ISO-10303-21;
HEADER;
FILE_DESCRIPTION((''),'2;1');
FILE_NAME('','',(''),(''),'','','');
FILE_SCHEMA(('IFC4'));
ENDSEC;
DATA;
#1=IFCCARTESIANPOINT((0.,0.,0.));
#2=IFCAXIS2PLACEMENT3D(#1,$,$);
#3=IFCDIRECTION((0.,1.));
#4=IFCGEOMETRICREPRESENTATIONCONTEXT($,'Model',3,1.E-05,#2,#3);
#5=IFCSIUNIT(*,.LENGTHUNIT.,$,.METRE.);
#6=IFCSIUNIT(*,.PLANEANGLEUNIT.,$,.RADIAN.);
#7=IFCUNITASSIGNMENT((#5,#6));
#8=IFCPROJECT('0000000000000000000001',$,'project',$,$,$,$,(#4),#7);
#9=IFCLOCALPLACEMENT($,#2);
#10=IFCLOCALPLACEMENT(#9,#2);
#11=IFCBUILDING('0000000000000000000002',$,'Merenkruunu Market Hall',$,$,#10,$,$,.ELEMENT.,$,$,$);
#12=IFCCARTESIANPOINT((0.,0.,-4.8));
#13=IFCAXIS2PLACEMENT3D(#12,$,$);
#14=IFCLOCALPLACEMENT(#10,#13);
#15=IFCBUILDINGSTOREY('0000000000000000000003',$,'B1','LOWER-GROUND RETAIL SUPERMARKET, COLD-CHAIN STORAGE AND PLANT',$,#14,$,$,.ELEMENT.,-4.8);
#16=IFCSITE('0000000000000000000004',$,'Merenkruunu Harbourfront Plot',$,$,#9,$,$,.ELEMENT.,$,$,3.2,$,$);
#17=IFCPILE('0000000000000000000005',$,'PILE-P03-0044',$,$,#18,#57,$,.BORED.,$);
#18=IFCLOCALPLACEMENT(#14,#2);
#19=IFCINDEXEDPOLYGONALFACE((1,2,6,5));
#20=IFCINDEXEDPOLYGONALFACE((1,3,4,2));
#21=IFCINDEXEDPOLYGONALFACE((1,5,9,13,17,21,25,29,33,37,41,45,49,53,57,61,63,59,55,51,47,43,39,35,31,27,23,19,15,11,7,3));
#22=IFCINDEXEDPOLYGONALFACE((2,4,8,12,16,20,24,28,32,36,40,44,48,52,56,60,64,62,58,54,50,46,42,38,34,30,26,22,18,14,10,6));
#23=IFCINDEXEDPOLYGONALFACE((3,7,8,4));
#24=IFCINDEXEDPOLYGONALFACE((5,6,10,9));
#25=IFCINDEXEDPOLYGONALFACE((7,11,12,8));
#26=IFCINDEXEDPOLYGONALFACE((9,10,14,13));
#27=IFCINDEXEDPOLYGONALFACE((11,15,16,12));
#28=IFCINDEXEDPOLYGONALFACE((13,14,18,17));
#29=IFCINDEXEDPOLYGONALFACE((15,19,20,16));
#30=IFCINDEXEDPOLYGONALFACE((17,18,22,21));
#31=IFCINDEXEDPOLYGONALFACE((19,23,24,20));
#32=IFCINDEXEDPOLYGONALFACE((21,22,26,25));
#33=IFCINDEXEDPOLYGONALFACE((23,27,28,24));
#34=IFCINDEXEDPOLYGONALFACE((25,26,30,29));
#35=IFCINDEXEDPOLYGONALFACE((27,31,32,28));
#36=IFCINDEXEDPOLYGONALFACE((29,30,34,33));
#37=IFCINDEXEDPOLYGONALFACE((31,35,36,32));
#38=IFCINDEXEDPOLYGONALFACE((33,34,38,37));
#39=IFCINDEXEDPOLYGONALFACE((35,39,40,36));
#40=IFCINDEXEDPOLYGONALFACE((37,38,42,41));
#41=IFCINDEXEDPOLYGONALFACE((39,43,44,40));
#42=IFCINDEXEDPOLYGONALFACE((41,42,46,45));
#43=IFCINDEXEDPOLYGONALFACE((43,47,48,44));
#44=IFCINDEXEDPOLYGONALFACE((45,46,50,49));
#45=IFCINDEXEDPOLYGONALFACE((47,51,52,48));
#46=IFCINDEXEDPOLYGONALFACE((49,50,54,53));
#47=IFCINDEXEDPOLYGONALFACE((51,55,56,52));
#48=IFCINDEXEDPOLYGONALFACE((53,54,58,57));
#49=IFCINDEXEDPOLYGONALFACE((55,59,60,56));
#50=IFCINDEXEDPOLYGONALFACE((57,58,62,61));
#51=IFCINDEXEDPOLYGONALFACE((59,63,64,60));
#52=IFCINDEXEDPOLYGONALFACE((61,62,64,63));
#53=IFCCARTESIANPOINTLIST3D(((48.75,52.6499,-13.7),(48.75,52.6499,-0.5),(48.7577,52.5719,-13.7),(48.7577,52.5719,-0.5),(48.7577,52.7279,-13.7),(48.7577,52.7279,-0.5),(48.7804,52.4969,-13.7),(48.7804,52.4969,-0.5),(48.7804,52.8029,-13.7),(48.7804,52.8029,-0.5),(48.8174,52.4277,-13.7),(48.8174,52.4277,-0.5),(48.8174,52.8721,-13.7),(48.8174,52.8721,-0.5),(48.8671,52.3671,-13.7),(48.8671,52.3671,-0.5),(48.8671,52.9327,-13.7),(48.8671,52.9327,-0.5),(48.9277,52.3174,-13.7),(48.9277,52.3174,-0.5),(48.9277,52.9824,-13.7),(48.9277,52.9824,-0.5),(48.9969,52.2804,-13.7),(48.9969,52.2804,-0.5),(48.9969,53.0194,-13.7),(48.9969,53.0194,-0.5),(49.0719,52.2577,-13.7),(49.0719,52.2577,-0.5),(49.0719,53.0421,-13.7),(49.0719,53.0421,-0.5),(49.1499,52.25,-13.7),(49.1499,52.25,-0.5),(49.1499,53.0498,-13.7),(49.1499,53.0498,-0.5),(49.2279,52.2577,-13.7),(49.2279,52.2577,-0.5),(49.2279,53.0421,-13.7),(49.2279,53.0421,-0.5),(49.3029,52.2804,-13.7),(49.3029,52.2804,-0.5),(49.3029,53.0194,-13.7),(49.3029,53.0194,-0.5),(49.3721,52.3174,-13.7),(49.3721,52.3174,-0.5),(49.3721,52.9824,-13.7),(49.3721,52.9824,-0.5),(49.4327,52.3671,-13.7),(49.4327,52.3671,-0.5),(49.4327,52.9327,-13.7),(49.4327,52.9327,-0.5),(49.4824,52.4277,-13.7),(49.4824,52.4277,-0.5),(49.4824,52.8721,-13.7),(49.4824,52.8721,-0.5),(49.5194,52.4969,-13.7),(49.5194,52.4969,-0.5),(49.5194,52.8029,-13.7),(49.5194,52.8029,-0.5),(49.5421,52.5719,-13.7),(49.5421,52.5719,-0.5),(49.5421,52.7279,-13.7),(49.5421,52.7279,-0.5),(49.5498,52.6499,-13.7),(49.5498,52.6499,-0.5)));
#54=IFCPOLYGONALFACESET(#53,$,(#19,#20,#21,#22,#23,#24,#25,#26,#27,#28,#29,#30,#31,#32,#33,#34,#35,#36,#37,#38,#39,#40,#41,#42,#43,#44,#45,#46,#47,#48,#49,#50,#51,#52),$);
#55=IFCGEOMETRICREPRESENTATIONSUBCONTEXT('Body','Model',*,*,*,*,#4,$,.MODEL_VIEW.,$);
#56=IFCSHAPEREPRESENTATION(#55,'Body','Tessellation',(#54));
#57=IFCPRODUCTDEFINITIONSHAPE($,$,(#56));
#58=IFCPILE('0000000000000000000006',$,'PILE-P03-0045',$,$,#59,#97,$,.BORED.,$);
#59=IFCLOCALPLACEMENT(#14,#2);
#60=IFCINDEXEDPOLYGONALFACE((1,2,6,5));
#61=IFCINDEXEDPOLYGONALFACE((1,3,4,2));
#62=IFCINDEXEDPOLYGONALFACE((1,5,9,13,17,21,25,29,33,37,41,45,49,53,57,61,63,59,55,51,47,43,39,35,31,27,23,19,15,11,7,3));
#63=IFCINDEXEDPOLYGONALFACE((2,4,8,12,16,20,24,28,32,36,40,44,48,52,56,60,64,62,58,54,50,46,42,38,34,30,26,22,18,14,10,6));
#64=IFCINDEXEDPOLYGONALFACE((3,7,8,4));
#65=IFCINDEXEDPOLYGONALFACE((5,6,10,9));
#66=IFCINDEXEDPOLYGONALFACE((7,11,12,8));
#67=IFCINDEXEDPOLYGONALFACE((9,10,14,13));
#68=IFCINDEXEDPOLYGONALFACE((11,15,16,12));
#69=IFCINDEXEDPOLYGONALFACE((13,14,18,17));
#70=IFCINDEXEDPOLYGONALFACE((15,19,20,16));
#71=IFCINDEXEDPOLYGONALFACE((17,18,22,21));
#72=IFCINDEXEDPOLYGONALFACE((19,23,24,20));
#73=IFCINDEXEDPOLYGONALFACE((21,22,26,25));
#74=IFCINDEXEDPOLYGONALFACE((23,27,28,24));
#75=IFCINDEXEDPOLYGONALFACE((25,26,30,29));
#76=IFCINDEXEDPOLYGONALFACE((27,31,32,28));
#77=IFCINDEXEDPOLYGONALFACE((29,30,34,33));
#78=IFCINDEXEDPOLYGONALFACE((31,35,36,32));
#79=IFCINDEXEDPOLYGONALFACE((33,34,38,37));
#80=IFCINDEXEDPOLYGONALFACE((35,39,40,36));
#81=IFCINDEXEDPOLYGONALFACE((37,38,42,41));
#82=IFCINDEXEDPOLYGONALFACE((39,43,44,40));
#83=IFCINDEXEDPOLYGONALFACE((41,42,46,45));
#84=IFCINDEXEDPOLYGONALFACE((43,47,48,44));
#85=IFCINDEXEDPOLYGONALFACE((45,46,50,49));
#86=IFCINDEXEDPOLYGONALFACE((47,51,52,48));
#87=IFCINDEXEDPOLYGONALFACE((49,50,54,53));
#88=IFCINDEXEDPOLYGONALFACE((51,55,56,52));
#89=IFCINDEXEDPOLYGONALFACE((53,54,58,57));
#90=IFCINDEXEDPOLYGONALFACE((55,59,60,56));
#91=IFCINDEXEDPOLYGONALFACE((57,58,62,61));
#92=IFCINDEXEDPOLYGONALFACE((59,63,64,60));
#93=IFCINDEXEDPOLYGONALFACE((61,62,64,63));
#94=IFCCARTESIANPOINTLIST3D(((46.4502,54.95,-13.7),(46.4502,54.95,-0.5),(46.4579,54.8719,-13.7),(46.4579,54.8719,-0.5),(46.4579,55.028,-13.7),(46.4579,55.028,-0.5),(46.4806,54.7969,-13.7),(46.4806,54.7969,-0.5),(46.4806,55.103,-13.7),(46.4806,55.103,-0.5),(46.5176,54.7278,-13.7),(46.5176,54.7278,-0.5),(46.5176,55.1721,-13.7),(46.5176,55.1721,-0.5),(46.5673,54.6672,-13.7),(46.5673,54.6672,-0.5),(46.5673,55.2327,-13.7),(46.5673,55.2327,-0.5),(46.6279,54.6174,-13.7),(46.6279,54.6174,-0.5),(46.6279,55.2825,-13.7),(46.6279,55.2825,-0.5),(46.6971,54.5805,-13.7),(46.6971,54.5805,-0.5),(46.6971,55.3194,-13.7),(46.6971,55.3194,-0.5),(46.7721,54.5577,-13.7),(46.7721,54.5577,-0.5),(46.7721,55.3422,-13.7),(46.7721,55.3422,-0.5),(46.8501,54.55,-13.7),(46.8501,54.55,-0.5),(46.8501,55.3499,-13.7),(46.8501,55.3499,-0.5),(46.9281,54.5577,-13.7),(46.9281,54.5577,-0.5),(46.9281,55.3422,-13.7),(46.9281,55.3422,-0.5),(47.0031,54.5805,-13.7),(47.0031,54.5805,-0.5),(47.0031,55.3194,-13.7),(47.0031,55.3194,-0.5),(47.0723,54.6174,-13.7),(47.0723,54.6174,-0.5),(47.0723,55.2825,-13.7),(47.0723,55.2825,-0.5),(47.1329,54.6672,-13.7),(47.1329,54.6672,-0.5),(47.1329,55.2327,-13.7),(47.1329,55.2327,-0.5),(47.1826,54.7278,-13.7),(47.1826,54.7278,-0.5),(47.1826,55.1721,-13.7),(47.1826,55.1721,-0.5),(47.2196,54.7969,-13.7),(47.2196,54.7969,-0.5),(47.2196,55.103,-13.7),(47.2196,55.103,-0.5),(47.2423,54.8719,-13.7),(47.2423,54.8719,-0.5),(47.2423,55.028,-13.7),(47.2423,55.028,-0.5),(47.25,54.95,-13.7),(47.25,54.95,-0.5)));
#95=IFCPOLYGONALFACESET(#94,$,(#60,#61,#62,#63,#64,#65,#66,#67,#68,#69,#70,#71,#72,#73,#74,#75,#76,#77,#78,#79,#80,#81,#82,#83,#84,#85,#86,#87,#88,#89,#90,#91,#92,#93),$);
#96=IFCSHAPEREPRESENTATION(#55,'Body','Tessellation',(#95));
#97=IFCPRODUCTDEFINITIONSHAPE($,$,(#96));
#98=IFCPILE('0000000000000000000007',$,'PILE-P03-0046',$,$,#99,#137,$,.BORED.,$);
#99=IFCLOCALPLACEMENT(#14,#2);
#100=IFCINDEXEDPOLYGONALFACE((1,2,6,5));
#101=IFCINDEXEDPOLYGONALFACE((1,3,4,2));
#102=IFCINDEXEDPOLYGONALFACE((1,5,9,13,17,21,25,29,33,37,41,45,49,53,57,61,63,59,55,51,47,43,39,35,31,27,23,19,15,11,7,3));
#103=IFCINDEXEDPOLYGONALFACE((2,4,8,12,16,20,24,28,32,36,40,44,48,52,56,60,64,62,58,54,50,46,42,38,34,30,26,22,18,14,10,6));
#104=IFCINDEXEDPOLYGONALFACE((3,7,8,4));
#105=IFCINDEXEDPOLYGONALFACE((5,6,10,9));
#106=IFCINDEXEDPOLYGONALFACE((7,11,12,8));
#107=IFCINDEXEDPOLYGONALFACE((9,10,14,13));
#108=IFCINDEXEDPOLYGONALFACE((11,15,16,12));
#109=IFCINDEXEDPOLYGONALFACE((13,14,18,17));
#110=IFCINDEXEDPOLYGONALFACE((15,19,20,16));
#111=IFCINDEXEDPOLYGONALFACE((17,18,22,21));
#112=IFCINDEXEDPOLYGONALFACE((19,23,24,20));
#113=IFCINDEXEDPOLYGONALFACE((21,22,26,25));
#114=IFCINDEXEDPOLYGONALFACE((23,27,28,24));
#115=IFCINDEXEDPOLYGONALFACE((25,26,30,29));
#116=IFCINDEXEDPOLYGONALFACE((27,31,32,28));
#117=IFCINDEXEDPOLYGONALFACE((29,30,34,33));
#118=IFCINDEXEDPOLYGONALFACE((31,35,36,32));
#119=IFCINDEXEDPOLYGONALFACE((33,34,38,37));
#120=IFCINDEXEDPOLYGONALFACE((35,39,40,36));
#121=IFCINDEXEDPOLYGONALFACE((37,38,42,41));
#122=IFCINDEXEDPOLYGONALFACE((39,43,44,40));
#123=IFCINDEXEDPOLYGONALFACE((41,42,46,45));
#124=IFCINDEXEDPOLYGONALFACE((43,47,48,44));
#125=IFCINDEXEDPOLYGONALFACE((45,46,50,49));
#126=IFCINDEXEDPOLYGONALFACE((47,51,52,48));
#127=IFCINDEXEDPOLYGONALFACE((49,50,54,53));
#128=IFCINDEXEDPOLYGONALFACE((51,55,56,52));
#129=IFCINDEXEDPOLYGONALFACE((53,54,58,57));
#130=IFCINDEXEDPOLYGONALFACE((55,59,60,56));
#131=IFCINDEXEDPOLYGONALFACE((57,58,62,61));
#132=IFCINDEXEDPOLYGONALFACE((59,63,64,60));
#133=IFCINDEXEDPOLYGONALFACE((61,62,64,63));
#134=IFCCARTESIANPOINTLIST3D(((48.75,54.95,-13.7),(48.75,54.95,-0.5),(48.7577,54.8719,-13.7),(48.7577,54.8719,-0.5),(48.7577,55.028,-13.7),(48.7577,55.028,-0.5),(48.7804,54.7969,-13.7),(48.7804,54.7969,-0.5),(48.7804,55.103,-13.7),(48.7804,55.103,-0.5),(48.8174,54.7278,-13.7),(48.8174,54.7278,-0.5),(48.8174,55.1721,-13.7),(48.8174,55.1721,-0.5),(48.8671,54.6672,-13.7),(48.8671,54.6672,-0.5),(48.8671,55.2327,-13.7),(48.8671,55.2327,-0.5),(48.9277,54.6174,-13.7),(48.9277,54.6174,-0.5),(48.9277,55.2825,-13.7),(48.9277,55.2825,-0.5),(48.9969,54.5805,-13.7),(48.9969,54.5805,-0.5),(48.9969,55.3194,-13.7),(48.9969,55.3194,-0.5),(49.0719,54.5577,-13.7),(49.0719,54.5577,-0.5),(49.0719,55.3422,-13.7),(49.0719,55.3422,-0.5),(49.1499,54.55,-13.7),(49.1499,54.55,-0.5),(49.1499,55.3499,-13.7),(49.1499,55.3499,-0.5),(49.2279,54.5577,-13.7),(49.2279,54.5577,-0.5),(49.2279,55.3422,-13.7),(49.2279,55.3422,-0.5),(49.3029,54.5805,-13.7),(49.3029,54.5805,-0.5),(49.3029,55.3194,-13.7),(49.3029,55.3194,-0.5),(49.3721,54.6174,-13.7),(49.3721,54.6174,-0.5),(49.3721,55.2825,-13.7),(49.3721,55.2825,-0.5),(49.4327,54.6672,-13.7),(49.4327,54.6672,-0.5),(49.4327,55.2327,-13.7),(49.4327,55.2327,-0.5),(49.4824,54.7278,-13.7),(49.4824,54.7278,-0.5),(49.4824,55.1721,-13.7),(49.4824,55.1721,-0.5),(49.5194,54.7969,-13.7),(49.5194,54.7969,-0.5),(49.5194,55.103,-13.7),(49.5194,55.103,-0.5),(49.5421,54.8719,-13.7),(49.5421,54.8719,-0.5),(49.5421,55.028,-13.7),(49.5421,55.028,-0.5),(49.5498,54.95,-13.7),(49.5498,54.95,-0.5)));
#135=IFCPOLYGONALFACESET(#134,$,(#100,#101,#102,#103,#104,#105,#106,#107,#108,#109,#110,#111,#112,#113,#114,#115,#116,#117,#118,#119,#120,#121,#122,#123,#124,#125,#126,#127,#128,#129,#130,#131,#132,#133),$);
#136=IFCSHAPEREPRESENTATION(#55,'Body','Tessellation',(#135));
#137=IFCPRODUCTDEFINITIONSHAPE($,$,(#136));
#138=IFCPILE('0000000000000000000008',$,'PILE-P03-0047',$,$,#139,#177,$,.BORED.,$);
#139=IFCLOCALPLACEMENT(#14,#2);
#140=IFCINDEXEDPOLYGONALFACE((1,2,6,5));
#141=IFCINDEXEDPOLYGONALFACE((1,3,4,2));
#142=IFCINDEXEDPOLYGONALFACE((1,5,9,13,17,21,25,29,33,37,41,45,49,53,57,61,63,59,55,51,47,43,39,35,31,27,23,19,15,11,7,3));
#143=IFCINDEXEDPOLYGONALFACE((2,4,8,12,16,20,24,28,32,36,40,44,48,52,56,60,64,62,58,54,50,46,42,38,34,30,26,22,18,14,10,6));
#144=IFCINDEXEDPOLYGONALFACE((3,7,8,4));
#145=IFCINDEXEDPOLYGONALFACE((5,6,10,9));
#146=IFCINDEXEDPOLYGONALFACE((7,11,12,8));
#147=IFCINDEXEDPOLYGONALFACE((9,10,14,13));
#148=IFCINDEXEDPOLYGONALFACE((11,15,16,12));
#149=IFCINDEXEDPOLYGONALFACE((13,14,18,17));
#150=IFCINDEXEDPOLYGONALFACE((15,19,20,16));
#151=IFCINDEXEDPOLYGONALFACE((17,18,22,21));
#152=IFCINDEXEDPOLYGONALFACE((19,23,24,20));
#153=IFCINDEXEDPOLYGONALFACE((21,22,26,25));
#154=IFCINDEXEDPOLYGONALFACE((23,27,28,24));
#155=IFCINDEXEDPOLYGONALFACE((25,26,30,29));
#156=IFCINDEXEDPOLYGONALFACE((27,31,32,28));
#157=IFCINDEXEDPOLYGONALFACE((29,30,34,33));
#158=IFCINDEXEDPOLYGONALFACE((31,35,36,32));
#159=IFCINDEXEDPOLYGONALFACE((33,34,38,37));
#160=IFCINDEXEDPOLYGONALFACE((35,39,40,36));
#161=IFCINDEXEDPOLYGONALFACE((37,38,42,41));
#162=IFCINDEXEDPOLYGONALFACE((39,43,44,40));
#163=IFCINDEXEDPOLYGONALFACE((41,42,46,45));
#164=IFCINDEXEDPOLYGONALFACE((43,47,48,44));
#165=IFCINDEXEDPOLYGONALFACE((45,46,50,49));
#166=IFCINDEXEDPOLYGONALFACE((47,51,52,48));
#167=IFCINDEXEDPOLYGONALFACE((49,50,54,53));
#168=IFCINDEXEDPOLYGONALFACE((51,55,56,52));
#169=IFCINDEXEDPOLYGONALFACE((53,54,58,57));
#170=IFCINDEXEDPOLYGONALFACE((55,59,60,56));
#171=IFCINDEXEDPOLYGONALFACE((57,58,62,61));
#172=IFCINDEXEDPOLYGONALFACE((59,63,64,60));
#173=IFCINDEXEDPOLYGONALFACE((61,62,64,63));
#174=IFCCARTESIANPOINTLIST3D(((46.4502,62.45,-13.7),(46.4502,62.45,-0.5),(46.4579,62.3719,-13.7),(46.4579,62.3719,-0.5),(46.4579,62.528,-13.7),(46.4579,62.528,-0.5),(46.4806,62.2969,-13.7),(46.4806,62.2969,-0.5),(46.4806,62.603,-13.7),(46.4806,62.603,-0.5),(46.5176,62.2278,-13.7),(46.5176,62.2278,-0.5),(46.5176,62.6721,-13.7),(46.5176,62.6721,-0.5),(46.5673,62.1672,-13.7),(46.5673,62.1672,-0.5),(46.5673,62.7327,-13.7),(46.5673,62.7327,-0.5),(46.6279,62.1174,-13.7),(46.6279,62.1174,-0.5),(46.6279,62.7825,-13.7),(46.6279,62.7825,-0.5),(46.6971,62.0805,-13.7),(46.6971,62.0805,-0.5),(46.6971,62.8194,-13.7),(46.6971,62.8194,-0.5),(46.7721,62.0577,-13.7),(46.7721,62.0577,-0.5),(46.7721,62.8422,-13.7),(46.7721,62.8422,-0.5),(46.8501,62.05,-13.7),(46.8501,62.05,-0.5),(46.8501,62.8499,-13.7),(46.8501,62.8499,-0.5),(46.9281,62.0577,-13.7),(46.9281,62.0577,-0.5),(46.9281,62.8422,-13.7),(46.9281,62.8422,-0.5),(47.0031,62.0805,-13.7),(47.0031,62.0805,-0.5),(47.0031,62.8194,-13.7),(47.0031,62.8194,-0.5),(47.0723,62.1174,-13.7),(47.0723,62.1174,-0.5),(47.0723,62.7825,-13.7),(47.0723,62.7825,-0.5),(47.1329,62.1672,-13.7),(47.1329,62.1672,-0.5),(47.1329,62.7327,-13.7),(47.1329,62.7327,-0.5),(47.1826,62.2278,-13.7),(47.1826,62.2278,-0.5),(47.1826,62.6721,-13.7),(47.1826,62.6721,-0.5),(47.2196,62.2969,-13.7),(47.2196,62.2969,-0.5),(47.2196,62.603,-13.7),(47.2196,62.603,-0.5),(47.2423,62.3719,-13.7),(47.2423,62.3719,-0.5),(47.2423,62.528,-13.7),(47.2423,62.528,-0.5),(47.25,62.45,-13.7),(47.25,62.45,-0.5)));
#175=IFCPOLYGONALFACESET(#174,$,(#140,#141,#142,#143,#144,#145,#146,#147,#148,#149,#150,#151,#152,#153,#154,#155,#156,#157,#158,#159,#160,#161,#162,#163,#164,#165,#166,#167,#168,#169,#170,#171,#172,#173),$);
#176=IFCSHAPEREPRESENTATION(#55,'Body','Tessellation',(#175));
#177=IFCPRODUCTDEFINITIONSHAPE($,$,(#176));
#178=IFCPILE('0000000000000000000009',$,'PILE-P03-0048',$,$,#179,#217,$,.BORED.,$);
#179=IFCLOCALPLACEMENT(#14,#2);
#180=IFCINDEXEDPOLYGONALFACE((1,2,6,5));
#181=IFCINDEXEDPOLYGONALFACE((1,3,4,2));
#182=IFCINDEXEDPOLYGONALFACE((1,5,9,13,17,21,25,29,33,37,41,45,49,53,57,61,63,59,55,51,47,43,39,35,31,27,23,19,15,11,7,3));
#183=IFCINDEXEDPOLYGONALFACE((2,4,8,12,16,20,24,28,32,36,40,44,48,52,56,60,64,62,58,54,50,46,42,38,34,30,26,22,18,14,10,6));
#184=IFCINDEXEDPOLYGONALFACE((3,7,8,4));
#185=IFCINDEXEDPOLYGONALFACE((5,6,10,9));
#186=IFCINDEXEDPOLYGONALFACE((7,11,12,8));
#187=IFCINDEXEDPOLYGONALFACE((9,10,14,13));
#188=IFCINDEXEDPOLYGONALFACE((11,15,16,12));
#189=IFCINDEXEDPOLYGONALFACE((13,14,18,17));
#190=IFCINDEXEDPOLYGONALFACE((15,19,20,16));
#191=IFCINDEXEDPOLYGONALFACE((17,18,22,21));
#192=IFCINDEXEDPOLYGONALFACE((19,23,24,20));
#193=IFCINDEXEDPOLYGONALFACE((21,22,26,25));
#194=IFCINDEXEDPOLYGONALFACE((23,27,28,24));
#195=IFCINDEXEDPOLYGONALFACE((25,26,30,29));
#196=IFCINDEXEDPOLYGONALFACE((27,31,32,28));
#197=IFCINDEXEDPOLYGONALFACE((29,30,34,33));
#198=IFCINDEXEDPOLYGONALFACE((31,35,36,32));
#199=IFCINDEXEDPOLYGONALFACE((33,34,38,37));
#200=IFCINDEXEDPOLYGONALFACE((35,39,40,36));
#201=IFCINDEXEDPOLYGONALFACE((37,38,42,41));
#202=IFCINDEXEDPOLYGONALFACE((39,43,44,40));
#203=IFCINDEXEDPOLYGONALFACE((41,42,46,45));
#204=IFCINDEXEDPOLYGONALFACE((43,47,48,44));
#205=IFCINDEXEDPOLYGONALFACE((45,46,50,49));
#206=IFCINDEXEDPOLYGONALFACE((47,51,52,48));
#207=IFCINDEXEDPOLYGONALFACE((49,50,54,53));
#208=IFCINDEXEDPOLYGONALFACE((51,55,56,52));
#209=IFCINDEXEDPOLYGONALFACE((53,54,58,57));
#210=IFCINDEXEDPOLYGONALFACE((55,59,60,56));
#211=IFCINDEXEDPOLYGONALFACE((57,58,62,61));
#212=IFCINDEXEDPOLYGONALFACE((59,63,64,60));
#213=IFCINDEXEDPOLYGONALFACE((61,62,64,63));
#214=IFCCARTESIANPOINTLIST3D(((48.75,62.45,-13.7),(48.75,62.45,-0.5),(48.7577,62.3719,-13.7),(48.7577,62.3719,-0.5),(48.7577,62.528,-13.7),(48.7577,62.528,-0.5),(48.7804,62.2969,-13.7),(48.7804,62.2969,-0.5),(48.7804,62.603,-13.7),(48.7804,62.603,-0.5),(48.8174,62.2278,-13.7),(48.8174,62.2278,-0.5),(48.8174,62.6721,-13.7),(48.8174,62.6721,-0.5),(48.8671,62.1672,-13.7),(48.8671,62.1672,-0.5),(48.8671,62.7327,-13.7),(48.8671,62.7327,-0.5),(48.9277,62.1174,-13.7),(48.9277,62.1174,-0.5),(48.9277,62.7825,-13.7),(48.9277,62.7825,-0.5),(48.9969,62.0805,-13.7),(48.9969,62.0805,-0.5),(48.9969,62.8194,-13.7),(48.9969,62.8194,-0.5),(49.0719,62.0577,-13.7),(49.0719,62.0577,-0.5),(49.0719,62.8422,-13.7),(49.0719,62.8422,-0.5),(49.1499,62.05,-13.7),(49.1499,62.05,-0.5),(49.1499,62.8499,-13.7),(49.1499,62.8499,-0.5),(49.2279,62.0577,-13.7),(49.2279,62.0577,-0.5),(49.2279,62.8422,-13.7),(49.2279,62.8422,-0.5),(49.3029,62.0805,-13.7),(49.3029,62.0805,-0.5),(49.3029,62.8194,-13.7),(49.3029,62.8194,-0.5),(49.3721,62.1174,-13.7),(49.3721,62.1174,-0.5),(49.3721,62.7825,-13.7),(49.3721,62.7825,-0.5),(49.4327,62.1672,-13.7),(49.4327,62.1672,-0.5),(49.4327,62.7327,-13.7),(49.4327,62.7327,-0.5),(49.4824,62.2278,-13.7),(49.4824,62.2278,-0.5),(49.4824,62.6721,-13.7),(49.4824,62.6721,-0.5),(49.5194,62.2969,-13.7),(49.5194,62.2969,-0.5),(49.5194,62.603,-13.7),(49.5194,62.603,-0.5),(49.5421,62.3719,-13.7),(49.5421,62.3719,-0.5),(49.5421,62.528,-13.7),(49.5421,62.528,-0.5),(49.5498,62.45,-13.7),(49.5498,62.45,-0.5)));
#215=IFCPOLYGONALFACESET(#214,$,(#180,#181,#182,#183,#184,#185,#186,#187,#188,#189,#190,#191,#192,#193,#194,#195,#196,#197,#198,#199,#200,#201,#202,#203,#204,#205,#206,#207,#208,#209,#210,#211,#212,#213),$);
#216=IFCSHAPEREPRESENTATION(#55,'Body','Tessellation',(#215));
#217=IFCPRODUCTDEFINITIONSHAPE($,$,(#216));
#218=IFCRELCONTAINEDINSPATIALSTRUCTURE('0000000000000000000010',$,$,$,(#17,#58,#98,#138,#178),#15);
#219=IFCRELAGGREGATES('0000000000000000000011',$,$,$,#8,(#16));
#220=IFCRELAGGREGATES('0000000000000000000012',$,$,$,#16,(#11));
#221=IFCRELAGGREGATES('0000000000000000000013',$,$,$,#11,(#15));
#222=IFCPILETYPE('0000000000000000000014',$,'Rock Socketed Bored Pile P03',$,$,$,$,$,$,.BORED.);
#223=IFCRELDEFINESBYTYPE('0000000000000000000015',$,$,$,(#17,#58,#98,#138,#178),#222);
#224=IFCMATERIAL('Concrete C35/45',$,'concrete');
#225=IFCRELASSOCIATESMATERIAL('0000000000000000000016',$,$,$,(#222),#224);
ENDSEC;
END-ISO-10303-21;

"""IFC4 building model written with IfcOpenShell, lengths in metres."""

from ifc_helpers import new_model, si_unit, direction, frame, origin, origin_2d, place, context, subcontext, project, spatial, circle, extrude, material, material_profile, profile_set, type_object, element, save


model = new_model("IFC4")

# Units and contexts
model_context = context("Model", 3, precision=1e-05, world=origin(), true_north=direction((0.0, 1.0)))
body_context = subcontext(model_context, "Body", "Model", "MODEL_VIEW")
ifc_project = project(units=[si_unit("LENGTHUNIT", "METRE"), si_unit("PLANEANGLEUNIT", "RADIAN")], contexts=[model_context])

# Site, building, storey
site_placement = place(None, origin())
site = spatial("IfcSite", under=ifc_project, at=site_placement, Name="Merenkruunu Harbourfront Plot", CompositionType="ELEMENT", RefElevation=3.2)
building_placement = place(site_placement, origin())
building = spatial("IfcBuilding", under=site, at=building_placement, Name="Merenkruunu Market Hall", CompositionType="ELEMENT")
storey_placement = place(building_placement, frame((0.0, 0.0, -4.8)))
storey = spatial("IfcBuildingStorey", under=building, at=storey_placement, Name="B1", Description="LOWER-GROUND RETAIL SUPERMARKET, COLD-CHAIN STORAGE AND PLANT", CompositionType="ELEMENT", Elevation=-4.8)

# Piles
ifc_material_1 = material(Name="Concrete C35/45", Category="concrete")
ifc_material_profile_1 = material_profile(ifc_material_1, circle(Radius=0.3999, at=origin_2d()), Name="BORED PILE 800")
ifc_profile_set_1 = profile_set([ifc_material_profile_1], Name="Concrete C35/45")
pile_type_1 = type_object("IfcPileType", Name="Rock Socketed Bored Pile P03", PredefinedType="BORED", material=ifc_profile_set_1)
for number, where, z_axis, x_axis, name in (
    (1, (49.1499, 52.6499, -0.5), (0.0, 0.0, -1.0), (1.0, 0.0, 0.0), "PILE-P03-0044"),
    (2, (46.8501, 54.95, -0.5), (0.0, 0.0, -1.0), (1.0, 0.0, 0.0), "PILE-P03-0045"),
    (3, (49.1499, 54.95, -0.5), (0.0, 0.0, -1.0), (1.0, 0.0, 0.0), "PILE-P03-0046"),
    (4, (46.8501, 62.45, -0.5), (0.0, 0.0, -1.0), (1.0, 0.0, 0.0), "PILE-P03-0047"),
    (5, (49.1499, 62.45, -0.5), (0.0, 0.0, -1.0), (1.0, 0.0, 0.0), "PILE-P03-0048"),
):
    element("IfcPile", number, at=place(storey_placement, frame(where, z_axis=z_axis, x_axis=x_axis)), inside=storey, type_object=pile_type_1, Name=name, PredefinedType="BORED", context=body_context, shape_type="SweptSolid", body=[
        extrude(circle(Radius=0.3999, at=origin_2d()), origin(), (0.0, 0.0, 1.0), 13.2),
    ])

save(model, "model.ifc")
